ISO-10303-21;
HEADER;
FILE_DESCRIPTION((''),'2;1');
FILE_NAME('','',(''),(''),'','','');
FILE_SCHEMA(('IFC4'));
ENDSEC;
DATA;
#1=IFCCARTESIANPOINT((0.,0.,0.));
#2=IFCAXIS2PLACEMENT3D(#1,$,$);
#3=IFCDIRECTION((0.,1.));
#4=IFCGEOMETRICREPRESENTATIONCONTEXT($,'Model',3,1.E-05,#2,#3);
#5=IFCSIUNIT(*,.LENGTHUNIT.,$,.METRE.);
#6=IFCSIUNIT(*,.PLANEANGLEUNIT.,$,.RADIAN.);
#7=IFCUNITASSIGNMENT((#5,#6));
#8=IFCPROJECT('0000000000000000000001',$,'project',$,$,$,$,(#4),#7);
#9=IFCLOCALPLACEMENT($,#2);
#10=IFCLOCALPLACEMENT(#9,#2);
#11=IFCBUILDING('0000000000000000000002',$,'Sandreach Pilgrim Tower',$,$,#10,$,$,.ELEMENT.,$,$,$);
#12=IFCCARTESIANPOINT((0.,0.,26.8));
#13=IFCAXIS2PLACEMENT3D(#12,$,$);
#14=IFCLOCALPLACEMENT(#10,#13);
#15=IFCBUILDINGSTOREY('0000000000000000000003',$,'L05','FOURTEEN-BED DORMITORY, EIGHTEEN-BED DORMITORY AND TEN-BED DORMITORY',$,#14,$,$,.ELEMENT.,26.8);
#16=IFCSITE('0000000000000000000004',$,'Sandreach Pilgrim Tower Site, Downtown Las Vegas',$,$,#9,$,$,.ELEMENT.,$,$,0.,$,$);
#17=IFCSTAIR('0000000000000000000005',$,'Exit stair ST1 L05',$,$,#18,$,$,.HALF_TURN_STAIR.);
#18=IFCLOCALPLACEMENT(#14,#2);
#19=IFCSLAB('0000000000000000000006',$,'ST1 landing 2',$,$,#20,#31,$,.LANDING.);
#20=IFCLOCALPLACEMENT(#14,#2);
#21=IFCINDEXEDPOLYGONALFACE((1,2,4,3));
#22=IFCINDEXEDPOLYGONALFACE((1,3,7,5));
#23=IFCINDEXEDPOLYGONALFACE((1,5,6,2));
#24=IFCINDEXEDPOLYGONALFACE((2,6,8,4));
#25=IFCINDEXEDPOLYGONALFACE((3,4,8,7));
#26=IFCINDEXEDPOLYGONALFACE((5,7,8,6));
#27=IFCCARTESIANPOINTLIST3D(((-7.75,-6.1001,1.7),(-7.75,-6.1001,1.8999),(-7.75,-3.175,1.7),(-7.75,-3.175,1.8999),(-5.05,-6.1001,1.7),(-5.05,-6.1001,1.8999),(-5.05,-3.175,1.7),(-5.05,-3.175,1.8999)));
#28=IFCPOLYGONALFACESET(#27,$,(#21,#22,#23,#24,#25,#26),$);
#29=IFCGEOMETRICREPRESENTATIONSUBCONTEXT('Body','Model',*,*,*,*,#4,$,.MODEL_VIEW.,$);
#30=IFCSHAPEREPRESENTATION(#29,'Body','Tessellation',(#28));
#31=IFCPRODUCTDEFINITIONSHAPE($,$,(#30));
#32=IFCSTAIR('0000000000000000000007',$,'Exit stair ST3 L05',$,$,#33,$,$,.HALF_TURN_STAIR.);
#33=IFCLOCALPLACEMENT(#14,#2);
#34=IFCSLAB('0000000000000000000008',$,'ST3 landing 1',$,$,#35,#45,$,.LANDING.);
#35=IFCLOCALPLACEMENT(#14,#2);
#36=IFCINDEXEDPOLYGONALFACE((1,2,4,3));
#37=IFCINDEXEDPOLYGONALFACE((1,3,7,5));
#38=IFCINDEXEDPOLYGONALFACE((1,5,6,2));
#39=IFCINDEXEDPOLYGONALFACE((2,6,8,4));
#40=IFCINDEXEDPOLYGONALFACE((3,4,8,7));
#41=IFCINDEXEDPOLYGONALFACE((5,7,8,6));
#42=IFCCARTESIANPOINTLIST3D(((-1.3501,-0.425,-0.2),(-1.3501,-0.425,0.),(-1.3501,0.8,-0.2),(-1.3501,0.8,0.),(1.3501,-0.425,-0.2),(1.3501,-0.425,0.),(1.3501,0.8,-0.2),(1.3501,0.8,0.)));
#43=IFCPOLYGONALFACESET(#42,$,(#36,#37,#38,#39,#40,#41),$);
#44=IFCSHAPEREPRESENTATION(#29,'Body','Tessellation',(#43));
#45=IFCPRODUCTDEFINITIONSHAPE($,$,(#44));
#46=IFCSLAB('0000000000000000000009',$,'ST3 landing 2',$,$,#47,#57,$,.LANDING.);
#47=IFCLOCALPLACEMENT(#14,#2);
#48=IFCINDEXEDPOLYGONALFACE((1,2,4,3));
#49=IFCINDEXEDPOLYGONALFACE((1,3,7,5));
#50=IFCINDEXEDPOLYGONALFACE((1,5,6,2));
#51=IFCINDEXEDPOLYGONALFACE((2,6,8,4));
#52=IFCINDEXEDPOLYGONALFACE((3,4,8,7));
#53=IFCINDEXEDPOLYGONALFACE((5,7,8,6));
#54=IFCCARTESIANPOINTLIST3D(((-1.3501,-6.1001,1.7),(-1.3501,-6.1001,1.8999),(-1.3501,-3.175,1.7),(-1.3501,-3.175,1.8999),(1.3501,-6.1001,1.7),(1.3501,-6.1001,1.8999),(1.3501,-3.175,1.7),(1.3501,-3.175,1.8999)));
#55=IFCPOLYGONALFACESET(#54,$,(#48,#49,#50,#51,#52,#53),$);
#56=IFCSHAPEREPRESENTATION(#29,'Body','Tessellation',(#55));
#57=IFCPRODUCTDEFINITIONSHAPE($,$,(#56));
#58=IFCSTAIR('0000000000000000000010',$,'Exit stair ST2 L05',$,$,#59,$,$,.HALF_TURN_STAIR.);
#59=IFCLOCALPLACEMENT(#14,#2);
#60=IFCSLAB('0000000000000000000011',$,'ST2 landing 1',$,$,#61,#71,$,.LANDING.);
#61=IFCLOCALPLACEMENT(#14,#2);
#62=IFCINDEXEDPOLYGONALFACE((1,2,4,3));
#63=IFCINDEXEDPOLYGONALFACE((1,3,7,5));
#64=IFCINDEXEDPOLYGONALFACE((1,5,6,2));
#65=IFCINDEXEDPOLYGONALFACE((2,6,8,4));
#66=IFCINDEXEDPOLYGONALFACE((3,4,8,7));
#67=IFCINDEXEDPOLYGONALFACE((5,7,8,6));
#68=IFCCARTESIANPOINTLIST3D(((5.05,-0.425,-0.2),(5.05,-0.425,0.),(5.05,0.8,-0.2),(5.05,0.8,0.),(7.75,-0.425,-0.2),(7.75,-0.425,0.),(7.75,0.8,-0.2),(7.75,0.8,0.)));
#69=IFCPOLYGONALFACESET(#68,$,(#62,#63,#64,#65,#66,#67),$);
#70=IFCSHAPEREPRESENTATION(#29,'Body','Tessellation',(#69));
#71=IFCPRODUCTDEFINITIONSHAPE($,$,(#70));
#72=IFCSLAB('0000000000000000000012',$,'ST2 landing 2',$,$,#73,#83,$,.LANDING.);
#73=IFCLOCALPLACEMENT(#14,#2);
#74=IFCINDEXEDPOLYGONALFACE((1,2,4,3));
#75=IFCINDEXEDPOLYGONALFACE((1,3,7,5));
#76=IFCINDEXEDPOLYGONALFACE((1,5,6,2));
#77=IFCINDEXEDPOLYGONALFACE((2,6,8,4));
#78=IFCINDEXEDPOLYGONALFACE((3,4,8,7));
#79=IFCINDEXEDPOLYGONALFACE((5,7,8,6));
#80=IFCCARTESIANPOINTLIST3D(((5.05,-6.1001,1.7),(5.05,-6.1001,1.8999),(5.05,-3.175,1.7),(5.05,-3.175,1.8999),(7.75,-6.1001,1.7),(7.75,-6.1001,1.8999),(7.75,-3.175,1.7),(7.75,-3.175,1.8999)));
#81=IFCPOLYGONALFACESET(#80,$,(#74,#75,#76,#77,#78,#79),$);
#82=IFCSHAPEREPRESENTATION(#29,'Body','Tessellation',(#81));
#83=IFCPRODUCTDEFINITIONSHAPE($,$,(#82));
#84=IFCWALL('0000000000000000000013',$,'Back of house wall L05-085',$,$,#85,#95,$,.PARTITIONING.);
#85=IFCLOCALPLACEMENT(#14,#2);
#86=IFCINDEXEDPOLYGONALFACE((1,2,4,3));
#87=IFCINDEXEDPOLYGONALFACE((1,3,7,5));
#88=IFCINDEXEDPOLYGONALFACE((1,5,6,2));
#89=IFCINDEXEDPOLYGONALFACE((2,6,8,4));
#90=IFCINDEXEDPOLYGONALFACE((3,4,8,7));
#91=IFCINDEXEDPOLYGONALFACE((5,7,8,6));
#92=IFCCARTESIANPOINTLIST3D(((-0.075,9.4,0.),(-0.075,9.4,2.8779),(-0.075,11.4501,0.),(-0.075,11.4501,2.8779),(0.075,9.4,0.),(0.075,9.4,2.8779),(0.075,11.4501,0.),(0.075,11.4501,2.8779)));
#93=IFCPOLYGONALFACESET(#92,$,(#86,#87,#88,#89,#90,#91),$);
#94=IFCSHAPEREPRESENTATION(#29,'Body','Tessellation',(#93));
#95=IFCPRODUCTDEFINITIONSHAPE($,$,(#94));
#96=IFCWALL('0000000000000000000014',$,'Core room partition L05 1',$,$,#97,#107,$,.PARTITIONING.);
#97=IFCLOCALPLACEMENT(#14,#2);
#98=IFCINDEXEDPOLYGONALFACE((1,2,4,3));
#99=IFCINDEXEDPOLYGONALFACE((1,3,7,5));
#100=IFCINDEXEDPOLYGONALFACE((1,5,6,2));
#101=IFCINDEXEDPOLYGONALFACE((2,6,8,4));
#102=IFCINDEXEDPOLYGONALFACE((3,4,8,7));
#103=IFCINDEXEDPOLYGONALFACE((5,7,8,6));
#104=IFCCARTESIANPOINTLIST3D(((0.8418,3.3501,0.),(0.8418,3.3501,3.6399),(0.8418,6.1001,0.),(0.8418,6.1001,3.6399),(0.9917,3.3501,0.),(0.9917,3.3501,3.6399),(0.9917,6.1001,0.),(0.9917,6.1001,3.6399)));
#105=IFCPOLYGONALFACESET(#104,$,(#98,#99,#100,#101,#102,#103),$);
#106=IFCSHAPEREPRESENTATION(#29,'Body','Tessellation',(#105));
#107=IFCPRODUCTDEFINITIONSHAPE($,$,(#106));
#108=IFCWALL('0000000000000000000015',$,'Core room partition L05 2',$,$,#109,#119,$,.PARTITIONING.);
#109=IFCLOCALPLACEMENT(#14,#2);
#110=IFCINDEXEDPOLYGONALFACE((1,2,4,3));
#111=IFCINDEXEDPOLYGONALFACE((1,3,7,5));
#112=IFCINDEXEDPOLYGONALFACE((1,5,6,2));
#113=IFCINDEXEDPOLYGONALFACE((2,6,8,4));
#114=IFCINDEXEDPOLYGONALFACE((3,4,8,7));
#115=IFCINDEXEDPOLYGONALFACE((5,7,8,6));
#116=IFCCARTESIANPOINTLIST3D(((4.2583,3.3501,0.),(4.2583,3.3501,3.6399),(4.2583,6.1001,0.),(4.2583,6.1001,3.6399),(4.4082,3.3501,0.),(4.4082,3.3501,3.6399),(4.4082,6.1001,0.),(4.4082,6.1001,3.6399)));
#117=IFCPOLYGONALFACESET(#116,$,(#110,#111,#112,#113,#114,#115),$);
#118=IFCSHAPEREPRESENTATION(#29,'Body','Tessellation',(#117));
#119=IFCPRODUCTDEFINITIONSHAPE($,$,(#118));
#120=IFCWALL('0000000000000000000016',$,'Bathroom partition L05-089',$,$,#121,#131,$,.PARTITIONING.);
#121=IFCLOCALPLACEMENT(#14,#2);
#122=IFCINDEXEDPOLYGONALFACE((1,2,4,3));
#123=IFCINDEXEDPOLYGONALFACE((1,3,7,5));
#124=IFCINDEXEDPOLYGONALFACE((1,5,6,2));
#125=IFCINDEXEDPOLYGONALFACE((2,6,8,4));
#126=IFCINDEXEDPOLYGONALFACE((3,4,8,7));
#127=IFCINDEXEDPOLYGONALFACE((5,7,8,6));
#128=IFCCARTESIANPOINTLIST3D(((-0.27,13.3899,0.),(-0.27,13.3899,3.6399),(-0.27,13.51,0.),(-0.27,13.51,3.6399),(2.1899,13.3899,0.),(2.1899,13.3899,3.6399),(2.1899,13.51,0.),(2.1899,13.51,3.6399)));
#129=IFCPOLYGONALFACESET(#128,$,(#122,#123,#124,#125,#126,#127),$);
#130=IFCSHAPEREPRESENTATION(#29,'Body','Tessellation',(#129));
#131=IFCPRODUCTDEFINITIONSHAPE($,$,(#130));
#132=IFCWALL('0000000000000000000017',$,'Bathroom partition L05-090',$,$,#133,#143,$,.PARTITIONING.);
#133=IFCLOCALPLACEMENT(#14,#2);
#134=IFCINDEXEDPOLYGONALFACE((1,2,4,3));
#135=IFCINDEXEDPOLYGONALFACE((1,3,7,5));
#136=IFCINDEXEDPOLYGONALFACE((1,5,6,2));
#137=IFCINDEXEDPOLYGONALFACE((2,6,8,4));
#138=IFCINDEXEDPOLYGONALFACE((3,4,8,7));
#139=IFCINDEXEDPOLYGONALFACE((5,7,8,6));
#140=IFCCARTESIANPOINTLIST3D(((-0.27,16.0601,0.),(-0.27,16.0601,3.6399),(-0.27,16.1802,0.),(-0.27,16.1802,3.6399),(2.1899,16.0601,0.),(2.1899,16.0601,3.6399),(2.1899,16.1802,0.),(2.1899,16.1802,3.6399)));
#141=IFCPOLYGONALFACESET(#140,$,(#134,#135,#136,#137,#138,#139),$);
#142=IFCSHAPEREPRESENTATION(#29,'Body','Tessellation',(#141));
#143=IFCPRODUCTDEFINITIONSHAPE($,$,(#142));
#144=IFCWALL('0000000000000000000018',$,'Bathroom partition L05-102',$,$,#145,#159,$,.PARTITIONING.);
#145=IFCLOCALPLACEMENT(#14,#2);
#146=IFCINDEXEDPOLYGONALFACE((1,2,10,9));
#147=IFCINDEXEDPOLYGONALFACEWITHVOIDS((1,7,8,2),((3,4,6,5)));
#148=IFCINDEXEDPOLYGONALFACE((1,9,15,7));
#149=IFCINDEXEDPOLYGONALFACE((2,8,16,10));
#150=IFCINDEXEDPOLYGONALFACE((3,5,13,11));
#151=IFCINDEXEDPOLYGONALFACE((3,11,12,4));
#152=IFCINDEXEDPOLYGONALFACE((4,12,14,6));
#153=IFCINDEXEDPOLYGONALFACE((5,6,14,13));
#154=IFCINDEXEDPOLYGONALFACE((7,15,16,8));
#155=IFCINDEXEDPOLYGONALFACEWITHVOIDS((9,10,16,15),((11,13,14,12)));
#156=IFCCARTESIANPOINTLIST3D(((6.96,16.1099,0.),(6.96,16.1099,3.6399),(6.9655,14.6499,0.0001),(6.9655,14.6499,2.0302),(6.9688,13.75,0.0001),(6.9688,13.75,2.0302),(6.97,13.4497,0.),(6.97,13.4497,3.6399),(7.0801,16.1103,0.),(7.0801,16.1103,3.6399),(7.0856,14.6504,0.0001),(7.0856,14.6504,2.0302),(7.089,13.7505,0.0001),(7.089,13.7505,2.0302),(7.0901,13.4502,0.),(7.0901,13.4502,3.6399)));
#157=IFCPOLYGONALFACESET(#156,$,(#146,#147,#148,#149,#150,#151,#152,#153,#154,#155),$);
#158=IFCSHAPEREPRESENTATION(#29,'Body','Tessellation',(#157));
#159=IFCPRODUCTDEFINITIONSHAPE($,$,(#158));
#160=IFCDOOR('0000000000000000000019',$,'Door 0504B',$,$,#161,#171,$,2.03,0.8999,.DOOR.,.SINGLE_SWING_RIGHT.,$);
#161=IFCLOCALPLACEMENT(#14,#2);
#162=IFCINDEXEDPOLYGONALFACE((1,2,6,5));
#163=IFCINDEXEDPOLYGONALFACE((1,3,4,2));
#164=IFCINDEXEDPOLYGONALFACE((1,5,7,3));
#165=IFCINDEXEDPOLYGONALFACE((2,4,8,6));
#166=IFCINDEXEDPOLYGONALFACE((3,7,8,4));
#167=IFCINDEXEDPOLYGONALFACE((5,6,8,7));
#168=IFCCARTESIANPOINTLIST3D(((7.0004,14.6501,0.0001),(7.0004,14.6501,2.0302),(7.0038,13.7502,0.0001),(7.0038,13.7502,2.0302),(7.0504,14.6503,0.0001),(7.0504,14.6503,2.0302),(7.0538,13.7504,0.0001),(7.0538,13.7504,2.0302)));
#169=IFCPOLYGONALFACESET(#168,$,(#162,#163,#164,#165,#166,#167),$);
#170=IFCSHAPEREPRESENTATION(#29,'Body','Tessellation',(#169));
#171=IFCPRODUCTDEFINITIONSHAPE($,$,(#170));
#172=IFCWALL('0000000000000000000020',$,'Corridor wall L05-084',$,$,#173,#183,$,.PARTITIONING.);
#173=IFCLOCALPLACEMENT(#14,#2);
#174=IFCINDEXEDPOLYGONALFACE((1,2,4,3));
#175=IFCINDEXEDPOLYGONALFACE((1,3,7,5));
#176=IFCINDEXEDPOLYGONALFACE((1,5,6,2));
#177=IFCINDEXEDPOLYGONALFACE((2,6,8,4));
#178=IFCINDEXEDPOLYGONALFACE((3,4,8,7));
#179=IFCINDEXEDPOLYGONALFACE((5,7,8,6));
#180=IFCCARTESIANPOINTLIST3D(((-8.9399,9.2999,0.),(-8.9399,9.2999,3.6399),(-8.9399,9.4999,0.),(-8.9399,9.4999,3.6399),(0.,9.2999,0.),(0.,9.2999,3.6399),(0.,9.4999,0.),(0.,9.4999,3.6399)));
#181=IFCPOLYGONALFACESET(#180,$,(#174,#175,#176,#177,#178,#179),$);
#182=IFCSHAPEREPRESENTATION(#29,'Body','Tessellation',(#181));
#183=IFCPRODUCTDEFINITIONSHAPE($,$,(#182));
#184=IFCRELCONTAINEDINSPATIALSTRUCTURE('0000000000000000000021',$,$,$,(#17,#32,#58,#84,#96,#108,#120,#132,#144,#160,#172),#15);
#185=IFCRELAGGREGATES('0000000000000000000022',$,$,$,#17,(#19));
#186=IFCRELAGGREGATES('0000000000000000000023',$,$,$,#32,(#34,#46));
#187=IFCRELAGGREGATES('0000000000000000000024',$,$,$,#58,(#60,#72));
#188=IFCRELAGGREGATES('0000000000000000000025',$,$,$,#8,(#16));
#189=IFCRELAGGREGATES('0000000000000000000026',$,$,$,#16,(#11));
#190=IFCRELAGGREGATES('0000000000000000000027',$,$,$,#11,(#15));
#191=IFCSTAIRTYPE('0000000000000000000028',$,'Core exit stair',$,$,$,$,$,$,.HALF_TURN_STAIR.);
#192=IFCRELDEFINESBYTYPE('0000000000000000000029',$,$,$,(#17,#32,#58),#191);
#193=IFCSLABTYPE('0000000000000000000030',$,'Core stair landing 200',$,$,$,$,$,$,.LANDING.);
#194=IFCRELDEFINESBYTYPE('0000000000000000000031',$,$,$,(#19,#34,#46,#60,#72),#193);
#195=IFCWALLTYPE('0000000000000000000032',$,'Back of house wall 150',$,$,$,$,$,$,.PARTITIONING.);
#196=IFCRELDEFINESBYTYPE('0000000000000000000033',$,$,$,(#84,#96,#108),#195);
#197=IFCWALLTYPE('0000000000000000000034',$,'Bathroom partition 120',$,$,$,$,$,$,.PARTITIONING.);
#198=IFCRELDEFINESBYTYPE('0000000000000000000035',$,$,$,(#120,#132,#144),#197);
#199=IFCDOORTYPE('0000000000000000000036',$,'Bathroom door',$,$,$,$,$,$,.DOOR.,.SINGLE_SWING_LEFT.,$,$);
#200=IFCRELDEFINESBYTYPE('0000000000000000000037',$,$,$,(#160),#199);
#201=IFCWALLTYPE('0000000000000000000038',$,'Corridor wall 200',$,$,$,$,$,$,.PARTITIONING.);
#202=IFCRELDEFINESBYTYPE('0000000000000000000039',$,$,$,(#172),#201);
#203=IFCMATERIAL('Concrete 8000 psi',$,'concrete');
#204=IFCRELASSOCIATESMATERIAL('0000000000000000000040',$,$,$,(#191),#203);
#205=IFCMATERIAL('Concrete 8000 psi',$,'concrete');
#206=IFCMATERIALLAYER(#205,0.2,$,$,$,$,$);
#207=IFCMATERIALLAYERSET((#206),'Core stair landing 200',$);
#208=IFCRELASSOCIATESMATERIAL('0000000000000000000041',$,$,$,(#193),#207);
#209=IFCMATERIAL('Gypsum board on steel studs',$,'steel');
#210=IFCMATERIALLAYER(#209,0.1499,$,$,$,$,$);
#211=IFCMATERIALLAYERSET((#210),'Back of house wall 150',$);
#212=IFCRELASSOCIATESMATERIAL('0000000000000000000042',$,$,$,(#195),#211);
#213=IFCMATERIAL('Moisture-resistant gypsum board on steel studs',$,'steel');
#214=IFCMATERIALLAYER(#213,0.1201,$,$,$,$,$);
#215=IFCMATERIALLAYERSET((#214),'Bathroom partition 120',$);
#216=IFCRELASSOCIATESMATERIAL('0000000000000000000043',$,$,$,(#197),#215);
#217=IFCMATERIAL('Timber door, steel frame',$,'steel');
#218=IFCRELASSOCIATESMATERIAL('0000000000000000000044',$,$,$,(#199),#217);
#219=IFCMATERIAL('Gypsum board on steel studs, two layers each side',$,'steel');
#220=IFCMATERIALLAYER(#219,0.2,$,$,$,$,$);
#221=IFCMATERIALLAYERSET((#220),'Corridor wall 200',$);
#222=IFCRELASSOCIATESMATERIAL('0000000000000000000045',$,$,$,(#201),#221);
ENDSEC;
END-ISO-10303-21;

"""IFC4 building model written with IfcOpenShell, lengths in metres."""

from ifc_helpers import new_model, si_unit, direction, frame, frame_2d, origin, place, context, subcontext, project, spatial, polyline, rectangle, outline, extrude, material, layer, layer_set, type_object, element, fill, aggregate, save


model = new_model("IFC4")

# Units and contexts
model_context = context("Model", 3, precision=1e-05, world=origin(), true_north=direction((0.0, 1.0)))
body_context = subcontext(model_context, "Body", "Model", "MODEL_VIEW")
ifc_project = project(units=[si_unit("LENGTHUNIT", "METRE"), si_unit("PLANEANGLEUNIT", "RADIAN")], contexts=[model_context])

# Site, building, storey
site_placement = place(None, origin())
site = spatial("IfcSite", under=ifc_project, at=site_placement, Name="Sandreach Pilgrim Tower Site, Downtown Las Vegas", CompositionType="ELEMENT", RefElevation=0.0)
building_placement = place(site_placement, origin())
building = spatial("IfcBuilding", under=site, at=building_placement, Name="Sandreach Pilgrim Tower", CompositionType="ELEMENT")
storey_placement = place(building_placement, frame((0.0, 0.0, 26.8)))
storey = spatial("IfcBuildingStorey", under=building, at=storey_placement, Name="L05", Description="FOURTEEN-BED DORMITORY, EIGHTEEN-BED DORMITORY AND TEN-BED DORMITORY", CompositionType="ELEMENT", Elevation=26.8)

# Stair, slab
ifc_material_1 = material(Name="Concrete 8000 psi", Category="concrete")
stair_type = type_object("IfcStairType", Name="Core exit stair", PredefinedType="HALF_TURN_STAIR", material=ifc_material_1)
stair_1_placement = place(storey_placement, origin())
stair_1 = element("IfcStair", 1, at=stair_1_placement, inside=storey, type_object=stair_type, Name="Exit stair ST1 L05", PredefinedType="HALF_TURN_STAIR")
ifc_material_2 = material(Name="Concrete 8000 psi", Category="concrete")
ifc_layer_1 = layer(ifc_material_2, 0.2)
ifc_layer_set_1 = layer_set([ifc_layer_1], Name="Core stair landing 200")
slab_type = type_object("IfcSlabType", Name="Core stair landing 200", PredefinedType="LANDING", material=ifc_layer_set_1)
slab_1_placement = place(storey_placement, frame((0.0, 0.0, 1.7)))
slab_1 = element("IfcSlab", 2, at=slab_1_placement, type_object=slab_type, Name="ST1 landing 2", PredefinedType="LANDING", context=body_context, shape_type="SweptSolid", body=[
    extrude(outline(polyline([(-7.75, -6.1001), (-5.05, -6.1001), (-5.05, -3.175), (-7.75, -3.175), (-7.75, -6.1001)])), origin(), (0.0, 0.0, 1.0), 0.2),
])
aggregate(stair_1, [slab_1])

# Stairs, slabs
stair_2_placement = place(storey_placement, origin())
stair_2 = element("IfcStair", 3, at=stair_2_placement, inside=storey, type_object=stair_type, Name="Exit stair ST3 L05", PredefinedType="HALF_TURN_STAIR")
slab_2_placement = place(storey_placement, frame((0.0, 0.0, -0.2)))
slab_2 = element("IfcSlab", 4, at=slab_2_placement, type_object=slab_type, Name="ST3 landing 1", PredefinedType="LANDING", context=body_context, shape_type="SweptSolid", body=[
    extrude(outline(polyline([(-1.3501, -0.425), (1.3501, -0.425), (1.3501, 0.8), (-1.3501, 0.8), (-1.3501, -0.425)])), origin(), (0.0, 0.0, 1.0), 0.2),
])
slab_3_placement = place(storey_placement, frame((0.0, 0.0, 1.7)))
slab_3 = element("IfcSlab", 5, at=slab_3_placement, type_object=slab_type, Name="ST3 landing 2", PredefinedType="LANDING", context=body_context, shape_type="SweptSolid", body=[
    extrude(outline(polyline([(-1.3501, -6.1001), (1.3501, -6.1001), (1.3501, -3.175), (-1.3501, -3.175), (-1.3501, -6.1001)])), origin(), (0.0, 0.0, 1.0), 0.2),
])
aggregate(stair_2, [slab_2, slab_3])
stair_3_placement = place(storey_placement, origin())
stair_3 = element("IfcStair", 6, at=stair_3_placement, inside=storey, type_object=stair_type, Name="Exit stair ST2 L05", PredefinedType="HALF_TURN_STAIR")
slab_4_placement = place(storey_placement, frame((0.0, 0.0, -0.2)))
slab_4 = element("IfcSlab", 7, at=slab_4_placement, type_object=slab_type, Name="ST2 landing 1", PredefinedType="LANDING", context=body_context, shape_type="SweptSolid", body=[
    extrude(outline(polyline([(5.05, -0.425), (7.75, -0.425), (7.75, 0.8), (5.05, 0.8), (5.05, -0.425)])), origin(), (0.0, 0.0, 1.0), 0.2),
])
slab_5_placement = place(storey_placement, frame((0.0, 0.0, 1.7)))
slab_5 = element("IfcSlab", 8, at=slab_5_placement, type_object=slab_type, Name="ST2 landing 2", PredefinedType="LANDING", context=body_context, shape_type="SweptSolid", body=[
    extrude(outline(polyline([(5.05, -6.1001), (7.75, -6.1001), (7.75, -3.175), (5.05, -3.175), (5.05, -6.1001)])), origin(), (0.0, 0.0, 1.0), 0.2),
])
aggregate(stair_3, [slab_4, slab_5])

# Walls
ifc_material_3 = material(Name="Gypsum board on steel studs", Category="steel")
ifc_layer_2 = layer(ifc_material_3, 0.1499)
ifc_layer_set_2 = layer_set([ifc_layer_2], Name="Back of house wall 150")
wall_type_1 = type_object("IfcWallType", Name="Back of house wall 150", PredefinedType="PARTITIONING", material=ifc_layer_set_2)
wall_1_placement = place(storey_placement, frame((0.0, 11.45, 0.0), z_axis=(0.0, 0.0, 1.0), x_axis=(0.0, -1.0, 0.0)))
element("IfcWall", 9, at=wall_1_placement, inside=storey, type_object=wall_type_1, Name="Back of house wall L05-085", PredefinedType="PARTITIONING", context=body_context, shape_type="SweptSolid", body=[
    extrude(rectangle(XDim=2.05, YDim=0.1499, at=frame_2d((1.0249, 0.0))), origin(), (0.0, 0.0, 1.0), 2.8779),
])
for number, where, z_axis, x_axis, name in (
    (10, (0.9167, 3.3501, 0.0), (0.0, 0.0, 1.0), (0.0, 1.0, 0.0), "Core room partition L05 1"),
    (11, (4.3333, 3.3501, 0.0), (0.0, 0.0, 1.0), (0.0, 1.0, 0.0), "Core room partition L05 2"),
):
    element("IfcWall", number, at=place(storey_placement, frame(where, z_axis=z_axis, x_axis=x_axis)), inside=storey, type_object=wall_type_1, Name=name, PredefinedType="PARTITIONING", context=body_context, shape_type="SweptSolid", body=[
        extrude(rectangle(XDim=2.75, YDim=0.1499, at=frame_2d((1.375, 0.0))), origin(), (0.0, 0.0, 1.0), 3.6399),
    ])
ifc_material_4 = material(Name="Moisture-resistant gypsum board on steel studs", Category="steel")
ifc_layer_3 = layer(ifc_material_4, 0.1201)
ifc_layer_set_3 = layer_set([ifc_layer_3], Name="Bathroom partition 120")
wall_type_2 = type_object("IfcWallType", Name="Bathroom partition 120", PredefinedType="PARTITIONING", material=ifc_layer_set_3)
for number, where, z_axis, x_axis, name in (
    (12, (2.1899, 13.45, 0.0), (0.0, 0.0, 1.0), (-1.0, 0.0, 0.0), "Bathroom partition L05-089"),
    (13, (2.1899, 16.1201, 0.0), (0.0, 0.0, 1.0), (-1.0, 0.0, 0.0), "Bathroom partition L05-090"),
):
    element("IfcWall", number, at=place(storey_placement, frame(where, z_axis=z_axis, x_axis=x_axis)), inside=storey, type_object=wall_type_2, Name=name, PredefinedType="PARTITIONING", context=body_context, shape_type="SweptSolid", body=[
        extrude(rectangle(XDim=2.46, YDim=0.1201, at=frame_2d((1.23, 0.0))), origin(), (0.0, 0.0, 1.0), 3.6399),
    ])

# Wall, opening, door
wall_2_placement = place(storey_placement, frame((7.02, 16.1101, 0.0), z_axis=(0.0, 0.0, 1.0), x_axis=(0.003763, -0.999993, 0.0)))
wall_2 = element("IfcWall", 14, at=wall_2_placement, inside=storey, type_object=wall_type_2, Name="Bathroom partition L05-102", PredefinedType="PARTITIONING", context=body_context, shape_type="SweptSolid", body=[
    extrude(rectangle(XDim=2.6602, YDim=0.1201, at=frame_2d((1.3301, 0.0))), origin(), (0.0, 0.0, 1.0), 3.6399),
])
opening_1_placement = place(wall_2_placement, frame((1.46, 0.0, 0.0)))
opening_1 = element("IfcOpeningElement", 15, at=opening_1_placement, cuts=wall_2, PredefinedType="OPENING", context=body_context, shape_type="SweptSolid", body=[
    extrude(rectangle(XDim=0.8999, YDim=2.03, at=frame_2d((0.45, 1.0151))), frame((0.0, 0.0601, 0.0), z_axis=(0.0, -1.0, 0.0), x_axis=(1.0, 0.0, 0.0)), (0.0, 0.0, 1.0), 0.1201),
])
ifc_material_5 = material(Name="Timber door, steel frame", Category="steel")
door_type_1 = type_object("IfcDoorType", Name="Bathroom door", OperationType="SINGLE_SWING_LEFT", PredefinedType="DOOR", material=ifc_material_5)
door_1_placement = place(opening_1_placement, origin())
door_1 = element("IfcDoor", 16, at=door_1_placement, inside=storey, type_object=door_type_1, Name="Door 0504B", OperationType="SINGLE_SWING_RIGHT", OverallHeight=2.03, OverallWidth=0.8999, PredefinedType="DOOR", context=body_context, shape_type="SweptSolid", body=[
    extrude(rectangle(XDim=0.8999, YDim=2.03, at=frame_2d((0.45, 1.0151))), frame((0.0, 0.0249, 0.0), z_axis=(0.0, -1.0, 0.0), x_axis=(1.0, 0.0, 0.0)), (0.0, 0.0, 1.0), 0.05),
])
fill(opening_1, door_1)

# Wall
ifc_material_6 = material(Name="Gypsum board on steel studs, two layers each side", Category="steel")
ifc_layer_4 = layer(ifc_material_6, 0.2)
ifc_layer_set_4 = layer_set([ifc_layer_4], Name="Corridor wall 200")
wall_type_3 = type_object("IfcWallType", Name="Corridor wall 200", PredefinedType="PARTITIONING", material=ifc_layer_set_4)
wall_3_placement = place(storey_placement, frame((0.0, 9.3999, 0.0), z_axis=(0.0, 0.0, 1.0), x_axis=(-1.0, 0.0, 0.0)))
element("IfcWall", 17, at=wall_3_placement, inside=storey, type_object=wall_type_3, Name="Corridor wall L05-084", PredefinedType="PARTITIONING", context=body_context, shape_type="SweptSolid", body=[
    extrude(rectangle(XDim=8.9399, YDim=0.2, at=frame_2d((4.47, 0.0))), origin(), (0.0, 0.0, 1.0), 3.6399),
])

save(model, "model.ifc")
